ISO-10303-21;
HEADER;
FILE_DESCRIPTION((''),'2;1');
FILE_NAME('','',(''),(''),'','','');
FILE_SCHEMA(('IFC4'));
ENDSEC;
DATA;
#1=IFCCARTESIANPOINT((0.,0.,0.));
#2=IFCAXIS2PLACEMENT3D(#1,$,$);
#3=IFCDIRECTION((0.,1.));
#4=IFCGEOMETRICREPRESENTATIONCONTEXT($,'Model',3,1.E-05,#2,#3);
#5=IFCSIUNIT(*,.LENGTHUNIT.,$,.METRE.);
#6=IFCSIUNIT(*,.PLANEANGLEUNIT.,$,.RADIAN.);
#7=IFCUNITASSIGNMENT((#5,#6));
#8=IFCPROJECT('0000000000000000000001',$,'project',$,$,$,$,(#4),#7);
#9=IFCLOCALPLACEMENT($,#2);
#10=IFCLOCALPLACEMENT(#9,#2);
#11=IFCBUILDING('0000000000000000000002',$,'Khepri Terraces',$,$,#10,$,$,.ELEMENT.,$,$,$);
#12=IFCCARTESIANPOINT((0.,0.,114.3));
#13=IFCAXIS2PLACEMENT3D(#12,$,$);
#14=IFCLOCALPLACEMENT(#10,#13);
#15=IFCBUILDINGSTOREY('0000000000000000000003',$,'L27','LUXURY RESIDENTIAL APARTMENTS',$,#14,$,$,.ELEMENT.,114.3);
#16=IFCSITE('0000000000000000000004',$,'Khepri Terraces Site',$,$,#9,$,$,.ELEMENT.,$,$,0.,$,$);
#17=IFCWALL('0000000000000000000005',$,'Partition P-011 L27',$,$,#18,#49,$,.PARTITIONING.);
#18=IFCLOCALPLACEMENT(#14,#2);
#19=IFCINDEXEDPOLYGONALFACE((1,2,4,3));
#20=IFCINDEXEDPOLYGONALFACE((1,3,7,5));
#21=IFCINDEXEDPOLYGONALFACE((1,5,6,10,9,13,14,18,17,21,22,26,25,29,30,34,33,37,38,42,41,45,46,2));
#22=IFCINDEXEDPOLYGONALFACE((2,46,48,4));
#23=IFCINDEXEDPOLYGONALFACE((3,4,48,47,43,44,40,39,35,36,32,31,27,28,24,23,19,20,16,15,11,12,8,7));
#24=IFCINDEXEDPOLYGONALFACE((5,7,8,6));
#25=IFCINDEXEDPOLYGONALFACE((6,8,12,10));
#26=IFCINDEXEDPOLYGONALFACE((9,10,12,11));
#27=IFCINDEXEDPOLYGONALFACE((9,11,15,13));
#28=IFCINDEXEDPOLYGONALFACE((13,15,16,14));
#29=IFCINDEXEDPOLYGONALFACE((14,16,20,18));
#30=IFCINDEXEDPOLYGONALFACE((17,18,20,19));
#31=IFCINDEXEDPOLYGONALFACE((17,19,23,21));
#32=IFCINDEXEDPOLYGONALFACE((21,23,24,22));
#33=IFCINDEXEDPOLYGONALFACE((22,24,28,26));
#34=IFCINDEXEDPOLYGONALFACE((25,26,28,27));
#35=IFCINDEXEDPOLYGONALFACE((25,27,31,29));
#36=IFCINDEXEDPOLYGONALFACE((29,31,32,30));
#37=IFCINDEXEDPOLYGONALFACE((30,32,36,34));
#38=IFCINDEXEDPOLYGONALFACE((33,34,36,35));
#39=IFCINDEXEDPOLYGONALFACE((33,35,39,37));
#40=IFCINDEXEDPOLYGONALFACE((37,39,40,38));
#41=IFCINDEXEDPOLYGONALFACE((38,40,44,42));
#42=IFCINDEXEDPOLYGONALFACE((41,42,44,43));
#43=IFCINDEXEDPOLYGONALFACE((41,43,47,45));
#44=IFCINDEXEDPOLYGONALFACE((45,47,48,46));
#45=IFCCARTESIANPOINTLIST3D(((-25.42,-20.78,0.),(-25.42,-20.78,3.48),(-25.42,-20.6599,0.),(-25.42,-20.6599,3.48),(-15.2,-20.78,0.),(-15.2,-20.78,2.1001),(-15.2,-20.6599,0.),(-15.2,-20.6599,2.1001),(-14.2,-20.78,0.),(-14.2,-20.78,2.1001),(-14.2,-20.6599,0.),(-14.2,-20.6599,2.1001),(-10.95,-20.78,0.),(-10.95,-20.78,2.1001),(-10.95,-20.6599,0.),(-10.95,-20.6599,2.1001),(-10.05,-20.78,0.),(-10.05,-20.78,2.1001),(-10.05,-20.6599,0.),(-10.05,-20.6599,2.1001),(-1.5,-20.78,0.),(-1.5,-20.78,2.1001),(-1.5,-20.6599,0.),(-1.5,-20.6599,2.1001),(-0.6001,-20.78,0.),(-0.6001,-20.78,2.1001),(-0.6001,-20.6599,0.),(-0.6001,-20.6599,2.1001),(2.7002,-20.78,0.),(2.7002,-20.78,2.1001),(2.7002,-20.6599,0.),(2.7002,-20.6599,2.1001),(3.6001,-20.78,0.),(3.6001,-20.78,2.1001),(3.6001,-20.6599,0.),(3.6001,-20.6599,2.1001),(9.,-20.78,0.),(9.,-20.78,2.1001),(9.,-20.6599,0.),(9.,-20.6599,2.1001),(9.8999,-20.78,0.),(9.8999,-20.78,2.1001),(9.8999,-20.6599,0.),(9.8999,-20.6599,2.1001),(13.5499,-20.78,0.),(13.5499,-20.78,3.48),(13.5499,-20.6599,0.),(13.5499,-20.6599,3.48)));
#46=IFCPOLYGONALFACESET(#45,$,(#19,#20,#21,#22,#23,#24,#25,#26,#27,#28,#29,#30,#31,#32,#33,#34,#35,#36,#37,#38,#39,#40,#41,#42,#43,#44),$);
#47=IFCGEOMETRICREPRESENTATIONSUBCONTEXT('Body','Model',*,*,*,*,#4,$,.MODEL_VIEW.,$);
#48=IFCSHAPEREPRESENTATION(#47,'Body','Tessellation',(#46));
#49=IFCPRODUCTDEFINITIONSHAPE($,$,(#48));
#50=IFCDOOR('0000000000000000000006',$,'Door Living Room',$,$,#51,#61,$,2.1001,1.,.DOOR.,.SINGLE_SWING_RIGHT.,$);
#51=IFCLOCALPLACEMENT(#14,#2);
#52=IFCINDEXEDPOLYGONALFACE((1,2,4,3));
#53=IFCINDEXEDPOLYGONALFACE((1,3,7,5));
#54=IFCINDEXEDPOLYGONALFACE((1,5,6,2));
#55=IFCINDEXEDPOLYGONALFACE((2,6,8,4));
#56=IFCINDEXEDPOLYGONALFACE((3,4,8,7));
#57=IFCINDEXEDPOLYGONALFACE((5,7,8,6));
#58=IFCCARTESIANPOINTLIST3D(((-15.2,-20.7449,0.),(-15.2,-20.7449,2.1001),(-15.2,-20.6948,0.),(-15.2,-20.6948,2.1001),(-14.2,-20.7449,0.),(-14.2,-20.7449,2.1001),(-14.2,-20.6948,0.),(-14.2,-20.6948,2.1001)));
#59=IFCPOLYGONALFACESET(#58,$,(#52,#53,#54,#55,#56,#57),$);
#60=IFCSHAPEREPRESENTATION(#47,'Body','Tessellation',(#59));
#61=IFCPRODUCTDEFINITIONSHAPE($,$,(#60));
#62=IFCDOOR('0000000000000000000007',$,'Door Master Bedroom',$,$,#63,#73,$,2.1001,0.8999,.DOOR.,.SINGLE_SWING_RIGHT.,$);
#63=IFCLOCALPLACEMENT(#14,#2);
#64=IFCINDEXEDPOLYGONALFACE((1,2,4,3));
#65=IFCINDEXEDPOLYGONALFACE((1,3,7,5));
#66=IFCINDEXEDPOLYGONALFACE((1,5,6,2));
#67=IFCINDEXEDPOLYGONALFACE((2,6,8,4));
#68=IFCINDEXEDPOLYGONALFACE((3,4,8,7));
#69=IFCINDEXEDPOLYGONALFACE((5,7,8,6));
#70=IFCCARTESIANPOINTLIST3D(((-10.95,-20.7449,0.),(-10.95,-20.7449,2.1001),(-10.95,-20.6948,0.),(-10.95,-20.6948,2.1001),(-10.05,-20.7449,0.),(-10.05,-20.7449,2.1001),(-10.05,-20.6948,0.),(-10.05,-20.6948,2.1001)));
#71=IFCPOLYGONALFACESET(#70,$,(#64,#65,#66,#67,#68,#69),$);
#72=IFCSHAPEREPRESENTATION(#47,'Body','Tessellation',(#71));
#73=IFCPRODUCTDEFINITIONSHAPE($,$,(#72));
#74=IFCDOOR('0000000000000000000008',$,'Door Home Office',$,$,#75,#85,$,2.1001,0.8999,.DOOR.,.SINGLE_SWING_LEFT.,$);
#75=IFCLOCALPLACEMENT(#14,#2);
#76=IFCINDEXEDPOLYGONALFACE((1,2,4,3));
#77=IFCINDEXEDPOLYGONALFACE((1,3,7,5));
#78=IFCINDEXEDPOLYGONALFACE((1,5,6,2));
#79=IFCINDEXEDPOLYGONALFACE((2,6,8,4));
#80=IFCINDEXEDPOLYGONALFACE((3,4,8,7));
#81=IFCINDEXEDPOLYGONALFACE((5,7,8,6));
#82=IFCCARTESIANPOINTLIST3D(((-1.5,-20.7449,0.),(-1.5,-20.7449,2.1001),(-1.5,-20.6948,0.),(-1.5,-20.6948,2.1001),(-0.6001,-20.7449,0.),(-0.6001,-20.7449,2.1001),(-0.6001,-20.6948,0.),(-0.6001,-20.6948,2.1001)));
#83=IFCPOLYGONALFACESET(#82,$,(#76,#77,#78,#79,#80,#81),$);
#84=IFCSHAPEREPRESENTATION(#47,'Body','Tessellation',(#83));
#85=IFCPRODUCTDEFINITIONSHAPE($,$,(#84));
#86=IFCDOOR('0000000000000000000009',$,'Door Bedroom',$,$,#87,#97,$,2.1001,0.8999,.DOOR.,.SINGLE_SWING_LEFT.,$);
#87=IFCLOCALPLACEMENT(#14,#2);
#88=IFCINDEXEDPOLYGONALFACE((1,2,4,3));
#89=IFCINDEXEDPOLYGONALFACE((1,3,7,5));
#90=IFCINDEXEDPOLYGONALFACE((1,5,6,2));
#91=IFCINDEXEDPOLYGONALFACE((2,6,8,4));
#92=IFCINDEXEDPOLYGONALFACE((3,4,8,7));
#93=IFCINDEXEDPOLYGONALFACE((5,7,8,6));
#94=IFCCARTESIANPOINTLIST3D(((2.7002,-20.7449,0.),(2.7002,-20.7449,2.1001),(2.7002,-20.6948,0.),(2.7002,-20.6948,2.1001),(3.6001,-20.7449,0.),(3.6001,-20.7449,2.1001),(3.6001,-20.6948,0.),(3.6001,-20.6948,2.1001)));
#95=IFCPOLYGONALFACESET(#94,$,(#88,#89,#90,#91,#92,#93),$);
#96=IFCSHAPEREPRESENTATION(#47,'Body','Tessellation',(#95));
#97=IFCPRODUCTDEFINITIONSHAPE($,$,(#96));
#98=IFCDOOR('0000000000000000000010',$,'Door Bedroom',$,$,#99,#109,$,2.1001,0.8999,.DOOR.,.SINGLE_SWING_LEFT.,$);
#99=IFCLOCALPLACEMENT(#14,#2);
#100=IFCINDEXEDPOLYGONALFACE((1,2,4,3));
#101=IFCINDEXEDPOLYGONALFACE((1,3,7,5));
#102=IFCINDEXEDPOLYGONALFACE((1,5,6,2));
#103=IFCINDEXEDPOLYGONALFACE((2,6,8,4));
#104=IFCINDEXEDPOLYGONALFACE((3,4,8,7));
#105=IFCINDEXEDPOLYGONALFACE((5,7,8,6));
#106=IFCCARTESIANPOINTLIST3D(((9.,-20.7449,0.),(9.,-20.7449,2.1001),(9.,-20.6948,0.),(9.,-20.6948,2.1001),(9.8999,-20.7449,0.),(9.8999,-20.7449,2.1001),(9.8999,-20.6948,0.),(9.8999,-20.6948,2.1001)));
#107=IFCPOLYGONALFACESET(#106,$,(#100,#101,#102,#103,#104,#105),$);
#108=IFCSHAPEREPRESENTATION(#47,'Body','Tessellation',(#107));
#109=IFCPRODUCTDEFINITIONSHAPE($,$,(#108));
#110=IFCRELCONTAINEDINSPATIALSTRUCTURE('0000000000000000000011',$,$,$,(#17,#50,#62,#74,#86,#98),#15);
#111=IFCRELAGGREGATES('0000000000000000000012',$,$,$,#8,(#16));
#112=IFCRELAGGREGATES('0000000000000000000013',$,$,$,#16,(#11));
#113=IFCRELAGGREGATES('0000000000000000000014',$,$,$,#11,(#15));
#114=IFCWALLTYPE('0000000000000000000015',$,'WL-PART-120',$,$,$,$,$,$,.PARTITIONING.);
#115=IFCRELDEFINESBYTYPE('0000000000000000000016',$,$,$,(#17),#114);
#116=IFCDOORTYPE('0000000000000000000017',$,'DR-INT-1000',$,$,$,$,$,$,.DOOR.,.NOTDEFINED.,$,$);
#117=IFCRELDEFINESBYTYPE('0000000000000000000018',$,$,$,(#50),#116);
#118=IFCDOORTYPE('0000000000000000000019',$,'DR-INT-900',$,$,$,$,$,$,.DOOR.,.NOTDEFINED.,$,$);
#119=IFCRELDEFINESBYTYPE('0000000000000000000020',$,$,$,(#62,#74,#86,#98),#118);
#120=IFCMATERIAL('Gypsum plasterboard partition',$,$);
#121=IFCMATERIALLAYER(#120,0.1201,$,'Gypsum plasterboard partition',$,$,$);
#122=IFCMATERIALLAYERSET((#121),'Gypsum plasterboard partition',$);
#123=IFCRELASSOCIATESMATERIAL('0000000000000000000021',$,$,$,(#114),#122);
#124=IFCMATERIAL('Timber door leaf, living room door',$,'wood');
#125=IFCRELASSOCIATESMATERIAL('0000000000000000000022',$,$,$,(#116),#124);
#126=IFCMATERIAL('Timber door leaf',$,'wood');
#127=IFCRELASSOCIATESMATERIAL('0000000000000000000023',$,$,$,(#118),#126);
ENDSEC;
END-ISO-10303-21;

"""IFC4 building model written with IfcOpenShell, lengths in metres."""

from ifc_helpers import new_model, si_unit, direction, frame, frame_2d, origin, place, context, subcontext, project, spatial, rectangle, extrude, material, layer, layer_set, type_object, element, fill, save


model = new_model("IFC4")

# Units and contexts
model_context = context("Model", 3, precision=1e-05, world=origin(), true_north=direction((0.0, 1.0)))
body_context = subcontext(model_context, "Body", "Model", "MODEL_VIEW")
ifc_project = project(units=[si_unit("LENGTHUNIT", "METRE"), si_unit("PLANEANGLEUNIT", "RADIAN")], contexts=[model_context])

# Site, building, storey
site_placement = place(None, origin())
site = spatial("IfcSite", under=ifc_project, at=site_placement, Name="Khepri Terraces Site", CompositionType="ELEMENT", RefElevation=0.0)
building_placement = place(site_placement, origin())
building = spatial("IfcBuilding", under=site, at=building_placement, Name="Khepri Terraces", CompositionType="ELEMENT")
storey_placement = place(building_placement, frame((0.0, 0.0, 114.3)))
storey = spatial("IfcBuildingStorey", under=building, at=storey_placement, Name="L27", Description="LUXURY RESIDENTIAL APARTMENTS", CompositionType="ELEMENT", Elevation=114.3)

# Wall, openings, doors
ifc_material_1 = material(Name="Gypsum plasterboard partition")
ifc_layer_1 = layer(ifc_material_1, 0.1201, Name="Gypsum plasterboard partition")
ifc_layer_set_1 = layer_set([ifc_layer_1], Name="Gypsum plasterboard partition")
wall_type_1 = type_object("IfcWallType", Name="WL-PART-120", PredefinedType="PARTITIONING", material=ifc_layer_set_1)
wall_1_placement = place(storey_placement, frame((-25.4199, -20.72, 0.0), z_axis=(0.0, 0.0, 1.0), x_axis=(1.0, 0.0, 0.0)))
wall_1 = element("IfcWall", 1, at=wall_1_placement, inside=storey, type_object=wall_type_1, Name="Partition P-011 L27", PredefinedType="PARTITIONING", context=body_context, shape_type="SweptSolid", body=[
    extrude(rectangle(XDim=38.97, YDim=0.1201, at=frame_2d((19.4849, 0.0))), origin(), (0.0, 0.0, 1.0), 3.48),
])
opening_1_placement = place(wall_1_placement, frame((10.22, 0.0, 0.0)))
opening_1 = element("IfcOpeningElement", 2, at=opening_1_placement, cuts=wall_1, PredefinedType="OPENING", context=body_context, shape_type="SweptSolid", body=[
    extrude(rectangle(XDim=1.0, YDim=2.1001, at=frame_2d((0.5, 1.05))), frame((0.0, 0.0701, 0.0), z_axis=(0.0, -1.0, 0.0), x_axis=(1.0, 0.0, 0.0)), (0.0, 0.0, 1.0), 0.1401),
])
opening_2_placement = place(wall_1_placement, frame((14.47, 0.0, 0.0)))
opening_2 = element("IfcOpeningElement", 3, at=opening_2_placement, cuts=wall_1, PredefinedType="OPENING", context=body_context, shape_type="SweptSolid", body=[
    extrude(rectangle(XDim=0.8999, YDim=2.1001, at=frame_2d((0.45, 1.05))), frame((0.0, 0.0701, 0.0), z_axis=(0.0, -1.0, 0.0), x_axis=(1.0, 0.0, 0.0)), (0.0, 0.0, 1.0), 0.1401),
])
opening_3_placement = place(wall_1_placement, frame((23.9199, 0.0, 0.0)))
opening_3 = element("IfcOpeningElement", 4, at=opening_3_placement, cuts=wall_1, PredefinedType="OPENING", context=body_context, shape_type="SweptSolid", body=[
    extrude(rectangle(XDim=0.8999, YDim=2.1001, at=frame_2d((0.45, 1.05))), frame((0.0, 0.0701, 0.0), z_axis=(0.0, -1.0, 0.0), x_axis=(1.0, 0.0, 0.0)), (0.0, 0.0, 1.0), 0.1401),
])
opening_4_placement = place(wall_1_placement, frame((28.1201, 0.0, 0.0)))
opening_4 = element("IfcOpeningElement", 5, at=opening_4_placement, cuts=wall_1, PredefinedType="OPENING", context=body_context, shape_type="SweptSolid", body=[
    extrude(rectangle(XDim=0.8999, YDim=2.1001, at=frame_2d((0.45, 1.05))), frame((0.0, 0.0701, 0.0), z_axis=(0.0, -1.0, 0.0), x_axis=(1.0, 0.0, 0.0)), (0.0, 0.0, 1.0), 0.1401),
])
opening_5_placement = place(wall_1_placement, frame((34.4199, 0.0, 0.0)))
opening_5 = element("IfcOpeningElement", 6, at=opening_5_placement, cuts=wall_1, PredefinedType="OPENING", context=body_context, shape_type="SweptSolid", body=[
    extrude(rectangle(XDim=0.8999, YDim=2.1001, at=frame_2d((0.45, 1.05))), frame((0.0, 0.0701, 0.0), z_axis=(0.0, -1.0, 0.0), x_axis=(1.0, 0.0, 0.0)), (0.0, 0.0, 1.0), 0.1401),
])
ifc_material_2 = material(Name="Timber door leaf, living room door", Category="wood")
door_type_1 = type_object("IfcDoorType", Name="DR-INT-1000", OperationType="NOTDEFINED", PredefinedType="DOOR", material=ifc_material_2)
door_1_placement = place(opening_1_placement, frame((1.0, 0.0, 0.0), z_axis=(0.0, 0.0, 1.0), x_axis=(-1.0, 0.0, 0.0)))
door_1 = element("IfcDoor", 7, at=door_1_placement, inside=storey, type_object=door_type_1, Name="Door Living Room", OperationType="SINGLE_SWING_RIGHT", OverallHeight=2.1001, OverallWidth=1.0, PredefinedType="DOOR", context=body_context, shape_type="SweptSolid", body=[
    extrude(rectangle(XDim=1.0, YDim=2.1001, at=frame_2d((0.5, 1.05))), frame((0.0, 0.0249, 0.0), z_axis=(0.0, -1.0, 0.0), x_axis=(1.0, 0.0, 0.0)), (0.0, 0.0, 1.0), 0.05),
])
fill(opening_1, door_1)
ifc_material_3 = material(Name="Timber door leaf", Category="wood")
door_type_2 = type_object("IfcDoorType", Name="DR-INT-900", OperationType="NOTDEFINED", PredefinedType="DOOR", material=ifc_material_3)
door_2_placement = place(opening_2_placement, frame((0.8999, 0.0, 0.0), z_axis=(0.0, 0.0, 1.0), x_axis=(-1.0, 0.0, 0.0)))
door_2 = element("IfcDoor", 8, at=door_2_placement, inside=storey, type_object=door_type_2, Name="Door Master Bedroom", OperationType="SINGLE_SWING_RIGHT", OverallHeight=2.1001, OverallWidth=0.8999, PredefinedType="DOOR", context=body_context, shape_type="SweptSolid", body=[
    extrude(rectangle(XDim=0.8999, YDim=2.1001, at=frame_2d((0.45, 1.05))), frame((0.0, 0.0249, 0.0), z_axis=(0.0, -1.0, 0.0), x_axis=(1.0, 0.0, 0.0)), (0.0, 0.0, 1.0), 0.05),
])
fill(opening_2, door_2)
door_3_placement = place(opening_3_placement, frame((0.8999, 0.0, 0.0), z_axis=(0.0, 0.0, 1.0), x_axis=(-1.0, 0.0, 0.0)))
door_3 = element("IfcDoor", 9, at=door_3_placement, inside=storey, type_object=door_type_2, Name="Door Home Office", OperationType="SINGLE_SWING_LEFT", OverallHeight=2.1001, OverallWidth=0.8999, PredefinedType="DOOR", context=body_context, shape_type="SweptSolid", body=[
    extrude(rectangle(XDim=0.8999, YDim=2.1001, at=frame_2d((0.45, 1.05))), frame((0.0, 0.0249, 0.0), z_axis=(0.0, -1.0, 0.0), x_axis=(1.0, 0.0, 0.0)), (0.0, 0.0, 1.0), 0.05),
])
fill(opening_3, door_3)
door_4_placement = place(opening_4_placement, frame((0.8999, 0.0, 0.0), z_axis=(0.0, 0.0, 1.0), x_axis=(-1.0, 0.0, 0.0)))
door_4 = element("IfcDoor", 10, at=door_4_placement, inside=storey, type_object=door_type_2, Name="Door Bedroom", OperationType="SINGLE_SWING_LEFT", OverallHeight=2.1001, OverallWidth=0.8999, PredefinedType="DOOR", context=body_context, shape_type="SweptSolid", body=[
    extrude(rectangle(XDim=0.8999, YDim=2.1001, at=frame_2d((0.45, 1.05))), frame((0.0, 0.0249, 0.0), z_axis=(0.0, -1.0, 0.0), x_axis=(1.0, 0.0, 0.0)), (0.0, 0.0, 1.0), 0.05),
])
fill(opening_4, door_4)
door_5_placement = place(opening_5_placement, frame((0.8999, 0.0, 0.0), z_axis=(0.0, 0.0, 1.0), x_axis=(-1.0, 0.0, 0.0)))
door_5 = element("IfcDoor", 11, at=door_5_placement, inside=storey, type_object=door_type_2, Name="Door Bedroom", OperationType="SINGLE_SWING_LEFT", OverallHeight=2.1001, OverallWidth=0.8999, PredefinedType="DOOR", context=body_context, shape_type="SweptSolid", body=[
    extrude(rectangle(XDim=0.8999, YDim=2.1001, at=frame_2d((0.45, 1.05))), frame((0.0, 0.0249, 0.0), z_axis=(0.0, -1.0, 0.0), x_axis=(1.0, 0.0, 0.0)), (0.0, 0.0, 1.0), 0.05),
])
fill(opening_5, door_5)

save(model, "model.ifc")
